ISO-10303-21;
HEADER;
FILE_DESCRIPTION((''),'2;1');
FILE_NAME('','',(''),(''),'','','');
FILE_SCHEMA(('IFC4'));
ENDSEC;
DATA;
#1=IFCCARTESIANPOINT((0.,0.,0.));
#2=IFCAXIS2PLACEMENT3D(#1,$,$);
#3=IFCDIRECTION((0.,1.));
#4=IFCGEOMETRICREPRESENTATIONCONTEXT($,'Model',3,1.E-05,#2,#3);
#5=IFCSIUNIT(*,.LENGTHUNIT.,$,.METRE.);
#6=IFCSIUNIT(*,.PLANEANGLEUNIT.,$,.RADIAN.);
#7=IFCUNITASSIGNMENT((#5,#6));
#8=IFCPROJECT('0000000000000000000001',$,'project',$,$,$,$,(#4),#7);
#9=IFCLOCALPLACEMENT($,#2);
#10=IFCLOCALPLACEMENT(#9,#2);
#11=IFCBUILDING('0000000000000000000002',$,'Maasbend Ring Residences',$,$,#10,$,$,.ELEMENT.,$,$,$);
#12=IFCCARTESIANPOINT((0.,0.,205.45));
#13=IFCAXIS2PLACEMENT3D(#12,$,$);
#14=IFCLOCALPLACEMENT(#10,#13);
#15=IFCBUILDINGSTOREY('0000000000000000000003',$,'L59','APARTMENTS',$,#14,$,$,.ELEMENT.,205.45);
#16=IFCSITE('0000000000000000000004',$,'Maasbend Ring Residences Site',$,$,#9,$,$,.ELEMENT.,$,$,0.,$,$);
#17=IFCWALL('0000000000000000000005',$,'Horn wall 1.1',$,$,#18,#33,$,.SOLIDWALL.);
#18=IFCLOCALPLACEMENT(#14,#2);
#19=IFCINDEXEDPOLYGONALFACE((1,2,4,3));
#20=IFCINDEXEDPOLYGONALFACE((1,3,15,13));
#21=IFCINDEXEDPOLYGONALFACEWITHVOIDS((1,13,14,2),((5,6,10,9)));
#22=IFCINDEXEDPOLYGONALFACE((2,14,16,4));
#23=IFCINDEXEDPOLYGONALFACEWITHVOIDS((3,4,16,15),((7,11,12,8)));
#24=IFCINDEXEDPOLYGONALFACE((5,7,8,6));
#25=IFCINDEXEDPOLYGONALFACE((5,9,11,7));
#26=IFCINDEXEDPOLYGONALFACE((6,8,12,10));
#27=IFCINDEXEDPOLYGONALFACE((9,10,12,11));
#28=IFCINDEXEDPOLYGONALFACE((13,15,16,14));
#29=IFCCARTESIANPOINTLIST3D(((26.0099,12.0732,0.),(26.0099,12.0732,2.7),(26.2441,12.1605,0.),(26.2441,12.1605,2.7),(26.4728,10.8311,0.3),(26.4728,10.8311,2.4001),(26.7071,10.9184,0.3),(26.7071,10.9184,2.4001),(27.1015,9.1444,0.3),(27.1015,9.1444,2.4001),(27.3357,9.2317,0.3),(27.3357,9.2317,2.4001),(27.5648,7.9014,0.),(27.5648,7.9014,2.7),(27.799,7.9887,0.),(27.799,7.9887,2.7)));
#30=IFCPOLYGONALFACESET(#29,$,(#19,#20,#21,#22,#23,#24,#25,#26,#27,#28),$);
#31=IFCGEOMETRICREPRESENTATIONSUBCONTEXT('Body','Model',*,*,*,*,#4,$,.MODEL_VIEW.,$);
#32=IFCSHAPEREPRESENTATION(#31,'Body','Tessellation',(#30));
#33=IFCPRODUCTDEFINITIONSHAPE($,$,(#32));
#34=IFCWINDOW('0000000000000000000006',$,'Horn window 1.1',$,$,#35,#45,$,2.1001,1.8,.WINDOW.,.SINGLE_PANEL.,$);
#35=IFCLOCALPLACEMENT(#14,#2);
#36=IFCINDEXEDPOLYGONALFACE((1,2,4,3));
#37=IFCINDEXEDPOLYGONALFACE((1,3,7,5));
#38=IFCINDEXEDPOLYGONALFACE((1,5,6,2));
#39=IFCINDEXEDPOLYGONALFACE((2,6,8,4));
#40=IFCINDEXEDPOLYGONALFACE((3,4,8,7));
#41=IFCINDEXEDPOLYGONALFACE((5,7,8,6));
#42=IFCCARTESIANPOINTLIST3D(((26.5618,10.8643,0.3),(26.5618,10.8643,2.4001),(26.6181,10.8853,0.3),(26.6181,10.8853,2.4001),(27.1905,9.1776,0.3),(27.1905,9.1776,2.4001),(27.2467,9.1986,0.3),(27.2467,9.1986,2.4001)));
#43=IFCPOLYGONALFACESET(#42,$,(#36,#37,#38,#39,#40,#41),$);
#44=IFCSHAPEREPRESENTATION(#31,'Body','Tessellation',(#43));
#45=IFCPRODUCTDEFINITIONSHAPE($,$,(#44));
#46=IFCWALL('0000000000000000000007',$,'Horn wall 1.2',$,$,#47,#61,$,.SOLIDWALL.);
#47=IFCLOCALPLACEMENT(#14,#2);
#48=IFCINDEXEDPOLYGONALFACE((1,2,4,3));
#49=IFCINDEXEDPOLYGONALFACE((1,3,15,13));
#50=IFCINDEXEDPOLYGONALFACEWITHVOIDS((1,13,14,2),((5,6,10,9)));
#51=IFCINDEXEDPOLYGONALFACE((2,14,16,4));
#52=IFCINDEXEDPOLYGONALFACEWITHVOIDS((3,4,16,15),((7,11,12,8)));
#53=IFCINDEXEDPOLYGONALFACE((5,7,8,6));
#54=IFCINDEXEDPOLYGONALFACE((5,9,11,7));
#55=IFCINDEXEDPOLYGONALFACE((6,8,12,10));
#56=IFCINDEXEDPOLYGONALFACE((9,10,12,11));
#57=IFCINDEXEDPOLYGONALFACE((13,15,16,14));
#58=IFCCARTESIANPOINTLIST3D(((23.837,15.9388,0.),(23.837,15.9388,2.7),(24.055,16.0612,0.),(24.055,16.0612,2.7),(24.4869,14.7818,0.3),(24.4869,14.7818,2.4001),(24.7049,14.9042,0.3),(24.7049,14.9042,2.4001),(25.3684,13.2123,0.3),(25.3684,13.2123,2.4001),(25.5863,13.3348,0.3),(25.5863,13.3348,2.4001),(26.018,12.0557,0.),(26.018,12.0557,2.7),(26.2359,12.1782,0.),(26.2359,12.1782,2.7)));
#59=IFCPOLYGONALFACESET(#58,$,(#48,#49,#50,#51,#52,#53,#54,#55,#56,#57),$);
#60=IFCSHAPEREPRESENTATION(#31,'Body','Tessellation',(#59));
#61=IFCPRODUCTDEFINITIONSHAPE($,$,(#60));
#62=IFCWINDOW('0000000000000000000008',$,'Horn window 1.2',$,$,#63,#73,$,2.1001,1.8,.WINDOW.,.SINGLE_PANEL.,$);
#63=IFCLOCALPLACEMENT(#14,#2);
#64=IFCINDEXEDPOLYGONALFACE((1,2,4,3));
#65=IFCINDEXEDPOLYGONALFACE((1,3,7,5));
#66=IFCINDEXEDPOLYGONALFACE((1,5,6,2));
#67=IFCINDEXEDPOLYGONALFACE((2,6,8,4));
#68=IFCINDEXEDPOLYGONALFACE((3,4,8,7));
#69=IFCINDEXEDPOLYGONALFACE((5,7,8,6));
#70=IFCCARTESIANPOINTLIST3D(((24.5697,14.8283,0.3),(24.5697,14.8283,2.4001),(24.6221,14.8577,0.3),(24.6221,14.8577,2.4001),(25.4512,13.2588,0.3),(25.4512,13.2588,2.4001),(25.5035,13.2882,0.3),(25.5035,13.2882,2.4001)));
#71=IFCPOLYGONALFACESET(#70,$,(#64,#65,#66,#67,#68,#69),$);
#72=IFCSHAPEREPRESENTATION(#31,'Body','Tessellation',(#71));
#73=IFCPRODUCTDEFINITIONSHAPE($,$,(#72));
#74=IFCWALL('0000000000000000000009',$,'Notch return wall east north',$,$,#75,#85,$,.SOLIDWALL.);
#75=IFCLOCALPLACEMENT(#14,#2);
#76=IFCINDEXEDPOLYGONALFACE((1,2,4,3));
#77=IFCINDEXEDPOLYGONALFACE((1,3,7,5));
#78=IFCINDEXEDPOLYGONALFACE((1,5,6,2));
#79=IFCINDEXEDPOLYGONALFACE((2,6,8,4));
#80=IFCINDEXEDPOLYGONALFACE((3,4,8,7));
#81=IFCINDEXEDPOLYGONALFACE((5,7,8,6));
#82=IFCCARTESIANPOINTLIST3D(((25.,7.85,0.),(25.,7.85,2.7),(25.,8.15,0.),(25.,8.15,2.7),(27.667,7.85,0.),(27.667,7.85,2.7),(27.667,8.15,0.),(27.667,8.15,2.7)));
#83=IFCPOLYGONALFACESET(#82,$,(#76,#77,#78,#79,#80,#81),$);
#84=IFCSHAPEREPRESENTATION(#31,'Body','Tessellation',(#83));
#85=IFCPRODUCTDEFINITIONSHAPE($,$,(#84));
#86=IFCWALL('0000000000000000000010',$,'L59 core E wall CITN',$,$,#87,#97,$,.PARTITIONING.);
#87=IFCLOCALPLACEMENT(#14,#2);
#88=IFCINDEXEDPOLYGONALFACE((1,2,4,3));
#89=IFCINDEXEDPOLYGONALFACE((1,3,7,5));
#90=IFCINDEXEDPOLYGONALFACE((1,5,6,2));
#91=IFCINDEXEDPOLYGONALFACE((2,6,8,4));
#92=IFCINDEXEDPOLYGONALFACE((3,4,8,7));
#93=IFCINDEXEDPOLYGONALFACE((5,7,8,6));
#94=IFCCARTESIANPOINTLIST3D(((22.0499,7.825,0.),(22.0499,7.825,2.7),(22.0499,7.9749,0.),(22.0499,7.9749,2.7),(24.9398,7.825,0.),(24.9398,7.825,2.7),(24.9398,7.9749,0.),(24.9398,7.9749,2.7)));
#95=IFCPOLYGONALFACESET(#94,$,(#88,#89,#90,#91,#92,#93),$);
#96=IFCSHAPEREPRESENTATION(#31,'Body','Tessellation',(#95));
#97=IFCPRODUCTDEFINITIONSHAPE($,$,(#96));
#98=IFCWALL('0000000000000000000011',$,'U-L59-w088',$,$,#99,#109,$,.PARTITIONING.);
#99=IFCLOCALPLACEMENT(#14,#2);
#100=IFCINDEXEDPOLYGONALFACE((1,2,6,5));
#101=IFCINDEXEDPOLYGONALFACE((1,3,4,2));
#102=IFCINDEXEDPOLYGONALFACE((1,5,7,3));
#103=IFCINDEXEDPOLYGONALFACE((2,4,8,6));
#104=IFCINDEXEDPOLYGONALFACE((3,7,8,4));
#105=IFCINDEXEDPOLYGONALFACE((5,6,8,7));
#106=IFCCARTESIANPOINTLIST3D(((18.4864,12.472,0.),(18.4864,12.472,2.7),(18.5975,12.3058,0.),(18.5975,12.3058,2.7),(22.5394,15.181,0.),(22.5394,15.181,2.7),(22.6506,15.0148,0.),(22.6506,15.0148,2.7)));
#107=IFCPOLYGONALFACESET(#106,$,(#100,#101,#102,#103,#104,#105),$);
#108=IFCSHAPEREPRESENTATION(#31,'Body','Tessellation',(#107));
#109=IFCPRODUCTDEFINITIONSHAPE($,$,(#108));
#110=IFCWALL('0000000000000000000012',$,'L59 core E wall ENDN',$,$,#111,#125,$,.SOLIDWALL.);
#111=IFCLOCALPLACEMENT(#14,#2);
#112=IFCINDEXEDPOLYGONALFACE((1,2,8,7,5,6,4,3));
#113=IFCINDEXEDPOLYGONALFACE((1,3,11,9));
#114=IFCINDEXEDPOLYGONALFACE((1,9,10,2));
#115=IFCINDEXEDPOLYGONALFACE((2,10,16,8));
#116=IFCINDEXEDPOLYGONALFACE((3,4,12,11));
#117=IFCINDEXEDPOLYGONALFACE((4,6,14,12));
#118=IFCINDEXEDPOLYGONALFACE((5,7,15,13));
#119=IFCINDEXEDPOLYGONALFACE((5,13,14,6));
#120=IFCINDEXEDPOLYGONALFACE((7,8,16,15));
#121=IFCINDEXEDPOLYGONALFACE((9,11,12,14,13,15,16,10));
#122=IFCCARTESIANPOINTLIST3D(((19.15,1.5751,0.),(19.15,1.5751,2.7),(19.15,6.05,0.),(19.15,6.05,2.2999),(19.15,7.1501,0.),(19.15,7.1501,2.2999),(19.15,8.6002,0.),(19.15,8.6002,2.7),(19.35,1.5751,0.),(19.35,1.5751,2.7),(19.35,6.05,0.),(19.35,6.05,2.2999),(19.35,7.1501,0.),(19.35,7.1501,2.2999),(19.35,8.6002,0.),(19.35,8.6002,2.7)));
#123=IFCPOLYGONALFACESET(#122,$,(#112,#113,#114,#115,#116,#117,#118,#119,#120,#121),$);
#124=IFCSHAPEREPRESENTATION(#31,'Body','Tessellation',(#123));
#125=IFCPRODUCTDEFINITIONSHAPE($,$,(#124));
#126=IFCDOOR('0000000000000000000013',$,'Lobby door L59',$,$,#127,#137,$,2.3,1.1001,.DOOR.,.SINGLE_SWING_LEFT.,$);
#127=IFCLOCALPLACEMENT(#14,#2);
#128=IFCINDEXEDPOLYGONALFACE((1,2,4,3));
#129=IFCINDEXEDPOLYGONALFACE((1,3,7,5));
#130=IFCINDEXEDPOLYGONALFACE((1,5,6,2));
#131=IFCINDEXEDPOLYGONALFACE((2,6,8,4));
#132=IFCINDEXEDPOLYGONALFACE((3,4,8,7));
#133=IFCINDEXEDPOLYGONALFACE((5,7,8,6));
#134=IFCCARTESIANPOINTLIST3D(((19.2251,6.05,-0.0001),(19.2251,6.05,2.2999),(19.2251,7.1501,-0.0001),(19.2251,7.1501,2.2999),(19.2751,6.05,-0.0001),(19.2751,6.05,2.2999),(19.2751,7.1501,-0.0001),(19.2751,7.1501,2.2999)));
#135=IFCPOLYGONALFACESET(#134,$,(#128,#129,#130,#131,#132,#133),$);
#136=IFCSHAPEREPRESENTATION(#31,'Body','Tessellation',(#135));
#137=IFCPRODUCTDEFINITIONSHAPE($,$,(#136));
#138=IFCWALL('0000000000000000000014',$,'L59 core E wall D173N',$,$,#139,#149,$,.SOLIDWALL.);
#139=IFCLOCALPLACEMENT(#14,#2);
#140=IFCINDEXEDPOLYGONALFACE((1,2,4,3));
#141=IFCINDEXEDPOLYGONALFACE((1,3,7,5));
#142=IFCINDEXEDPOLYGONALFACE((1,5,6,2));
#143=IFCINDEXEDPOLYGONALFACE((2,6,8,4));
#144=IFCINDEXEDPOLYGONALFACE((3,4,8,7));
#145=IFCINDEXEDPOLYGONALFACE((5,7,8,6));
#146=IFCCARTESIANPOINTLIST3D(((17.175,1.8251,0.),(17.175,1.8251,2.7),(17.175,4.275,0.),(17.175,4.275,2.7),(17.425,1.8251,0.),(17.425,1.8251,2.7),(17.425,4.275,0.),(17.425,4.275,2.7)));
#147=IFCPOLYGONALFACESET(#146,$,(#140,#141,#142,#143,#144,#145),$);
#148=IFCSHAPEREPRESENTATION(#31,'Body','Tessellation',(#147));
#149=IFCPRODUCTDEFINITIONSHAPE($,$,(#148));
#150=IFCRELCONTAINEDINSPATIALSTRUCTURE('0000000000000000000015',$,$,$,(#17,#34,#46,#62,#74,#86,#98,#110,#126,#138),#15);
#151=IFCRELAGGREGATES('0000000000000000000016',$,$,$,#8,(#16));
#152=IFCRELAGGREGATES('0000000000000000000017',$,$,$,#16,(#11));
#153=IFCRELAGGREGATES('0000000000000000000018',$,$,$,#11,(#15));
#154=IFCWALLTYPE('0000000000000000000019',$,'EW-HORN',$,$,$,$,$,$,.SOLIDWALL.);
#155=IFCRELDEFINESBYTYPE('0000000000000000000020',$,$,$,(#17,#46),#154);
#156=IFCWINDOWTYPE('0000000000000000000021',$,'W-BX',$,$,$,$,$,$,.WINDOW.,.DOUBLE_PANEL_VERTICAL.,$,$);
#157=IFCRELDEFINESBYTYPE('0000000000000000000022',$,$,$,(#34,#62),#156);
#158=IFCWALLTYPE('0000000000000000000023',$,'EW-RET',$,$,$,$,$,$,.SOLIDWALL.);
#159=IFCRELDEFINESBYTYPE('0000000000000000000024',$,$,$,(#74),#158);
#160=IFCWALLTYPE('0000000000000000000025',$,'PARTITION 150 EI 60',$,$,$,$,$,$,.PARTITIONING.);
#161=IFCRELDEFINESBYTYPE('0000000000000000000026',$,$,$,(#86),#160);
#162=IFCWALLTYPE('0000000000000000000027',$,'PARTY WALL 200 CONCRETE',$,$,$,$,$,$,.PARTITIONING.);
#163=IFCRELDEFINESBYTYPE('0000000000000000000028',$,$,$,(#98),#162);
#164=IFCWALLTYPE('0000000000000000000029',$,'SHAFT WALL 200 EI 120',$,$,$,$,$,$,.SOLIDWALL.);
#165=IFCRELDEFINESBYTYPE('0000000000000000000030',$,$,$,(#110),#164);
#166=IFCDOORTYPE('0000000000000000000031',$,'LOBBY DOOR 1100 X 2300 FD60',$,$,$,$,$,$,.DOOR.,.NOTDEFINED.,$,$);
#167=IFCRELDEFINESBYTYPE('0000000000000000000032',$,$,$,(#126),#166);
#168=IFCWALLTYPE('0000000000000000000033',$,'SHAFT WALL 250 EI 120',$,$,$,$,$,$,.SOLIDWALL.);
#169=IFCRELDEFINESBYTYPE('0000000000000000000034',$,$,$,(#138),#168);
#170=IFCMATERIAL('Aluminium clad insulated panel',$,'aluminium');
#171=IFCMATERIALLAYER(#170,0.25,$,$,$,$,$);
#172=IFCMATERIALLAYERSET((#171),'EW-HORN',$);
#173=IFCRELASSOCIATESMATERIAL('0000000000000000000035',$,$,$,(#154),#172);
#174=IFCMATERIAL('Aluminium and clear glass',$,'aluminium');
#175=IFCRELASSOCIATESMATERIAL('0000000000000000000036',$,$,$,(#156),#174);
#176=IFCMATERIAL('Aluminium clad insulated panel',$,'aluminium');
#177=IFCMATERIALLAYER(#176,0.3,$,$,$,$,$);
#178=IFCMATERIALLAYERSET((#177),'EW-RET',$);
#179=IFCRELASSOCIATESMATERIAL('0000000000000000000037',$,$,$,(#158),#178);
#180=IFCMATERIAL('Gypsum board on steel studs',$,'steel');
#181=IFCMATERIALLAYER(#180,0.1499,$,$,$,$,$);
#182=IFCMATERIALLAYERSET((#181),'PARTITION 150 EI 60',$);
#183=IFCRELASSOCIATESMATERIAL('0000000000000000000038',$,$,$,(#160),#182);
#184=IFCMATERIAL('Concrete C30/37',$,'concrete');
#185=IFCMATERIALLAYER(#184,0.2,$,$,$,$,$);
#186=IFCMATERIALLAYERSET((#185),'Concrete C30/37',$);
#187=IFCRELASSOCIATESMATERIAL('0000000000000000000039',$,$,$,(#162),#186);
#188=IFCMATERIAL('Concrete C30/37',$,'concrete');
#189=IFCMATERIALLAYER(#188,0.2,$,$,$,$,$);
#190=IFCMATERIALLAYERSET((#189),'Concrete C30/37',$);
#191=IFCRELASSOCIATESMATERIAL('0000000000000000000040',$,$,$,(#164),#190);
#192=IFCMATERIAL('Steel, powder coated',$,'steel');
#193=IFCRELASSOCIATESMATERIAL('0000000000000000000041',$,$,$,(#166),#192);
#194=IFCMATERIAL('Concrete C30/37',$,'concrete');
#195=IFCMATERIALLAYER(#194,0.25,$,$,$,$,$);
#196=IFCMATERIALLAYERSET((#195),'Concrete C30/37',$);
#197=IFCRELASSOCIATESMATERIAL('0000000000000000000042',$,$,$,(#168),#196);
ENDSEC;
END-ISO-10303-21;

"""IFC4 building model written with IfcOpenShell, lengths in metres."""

from ifc_helpers import new_model, si_unit, direction, frame, frame_2d, origin, place, context, subcontext, project, spatial, rectangle, extrude, material, layer, layer_set, type_object, element, fill, save


model = new_model("IFC4")

# Units and contexts
model_context = context("Model", 3, precision=1e-05, world=origin(), true_north=direction((0.0, 1.0)))
body_context = subcontext(model_context, "Body", "Model", "MODEL_VIEW")
ifc_project = project(units=[si_unit("LENGTHUNIT", "METRE"), si_unit("PLANEANGLEUNIT", "RADIAN")], contexts=[model_context])

# Site, building, storey
site_placement = place(None, origin())
site = spatial("IfcSite", under=ifc_project, at=site_placement, Name="Maasbend Ring Residences Site", CompositionType="ELEMENT", RefElevation=0.0)
building_placement = place(site_placement, origin())
building = spatial("IfcBuilding", under=site, at=building_placement, Name="Maasbend Ring Residences", CompositionType="ELEMENT")
storey_placement = place(building_placement, frame((0.0, 0.0, 205.45)))
storey = spatial("IfcBuildingStorey", under=building, at=storey_placement, Name="L59", Description="APARTMENTS", CompositionType="ELEMENT", Elevation=205.45)

# Walls, openings, windows
ifc_material_1 = material(Name="Aluminium clad insulated panel", Category="aluminium")
ifc_layer_1 = layer(ifc_material_1, 0.25)
ifc_layer_set_1 = layer_set([ifc_layer_1], Name="EW-HORN")
wall_type_1 = type_object("IfcWallType", Name="EW-HORN", PredefinedType="SOLIDWALL", material=ifc_layer_set_1)
wall_1_placement = place(storey_placement, frame((27.6819, 7.9451, 0.0), z_axis=(0.0, 0.0, 1.0), x_axis=(-0.349248, 0.93703, 0.0)))
wall_1 = element("IfcWall", 1, at=wall_1_placement, inside=storey, type_object=wall_type_1, Name="Horn wall 1.1", PredefinedType="SOLIDWALL", context=body_context, shape_type="SweptSolid", body=[
    extrude(rectangle(XDim=4.4521, YDim=0.25, at=frame_2d((2.2261, 0.0))), origin(), (0.0, 0.0, 1.0), 2.7),
])
opening_1_placement = place(wall_1_placement, frame((1.3267, 0.0, 0.3)))
opening_1 = element("IfcOpeningElement", 2, at=opening_1_placement, cuts=wall_1, PredefinedType="OPENING", context=body_context, shape_type="SweptSolid", body=[
    extrude(rectangle(XDim=1.8, YDim=2.1001, at=frame_2d((0.8999, 1.05))), frame((0.0, 0.135, 0.0), z_axis=(0.0, -1.0, 0.0), x_axis=(1.0, 0.0, 0.0)), (0.0, 0.0, 1.0), 0.27),
])
ifc_material_2 = material(Name="Aluminium and clear glass", Category="aluminium")
window_type = type_object("IfcWindowType", Name="W-BX", PartitioningType="DOUBLE_PANEL_VERTICAL", PredefinedType="WINDOW", material=ifc_material_2)
window_1_placement = place(opening_1_placement, origin())
window_1 = element("IfcWindow", 3, at=window_1_placement, inside=storey, type_object=window_type, Name="Horn window 1.1", OverallHeight=2.1001, OverallWidth=1.8, PartitioningType="SINGLE_PANEL", PredefinedType="WINDOW", context=body_context, shape_type="SweptSolid", body=[
    extrude(rectangle(XDim=1.8, YDim=2.1001, at=frame_2d((0.8999, 1.05))), frame((0.0, 0.03, 0.0), z_axis=(0.0, -1.0, 0.0), x_axis=(1.0, 0.0, 0.0)), (0.0, 0.0, 1.0), 0.0601),
])
fill(opening_1, window_1)
wall_2_placement = place(storey_placement, frame((26.127, 12.1169, 0.0), z_axis=(0.0, 0.0, 1.0), x_axis=(-0.489696, 0.871893, 0.0)))
wall_2 = element("IfcWall", 4, at=wall_2_placement, inside=storey, type_object=wall_type_1, Name="Horn wall 1.2", PredefinedType="SOLIDWALL", context=body_context, shape_type="SweptSolid", body=[
    extrude(rectangle(XDim=4.4536, YDim=0.25, at=frame_2d((2.2268, 0.0))), origin(), (0.0, 0.0, 1.0), 2.7),
])
opening_2_placement = place(wall_2_placement, frame((1.3267, 0.0, 0.3)))
opening_2 = element("IfcOpeningElement", 5, at=opening_2_placement, cuts=wall_2, PredefinedType="OPENING", context=body_context, shape_type="SweptSolid", body=[
    extrude(rectangle(XDim=1.8, YDim=2.1001, at=frame_2d((0.8999, 1.05))), frame((0.0, 0.135, 0.0), z_axis=(0.0, -1.0, 0.0), x_axis=(1.0, 0.0, 0.0)), (0.0, 0.0, 1.0), 0.27),
])
window_2_placement = place(opening_2_placement, origin())
window_2 = element("IfcWindow", 6, at=window_2_placement, inside=storey, type_object=window_type, Name="Horn window 1.2", OverallHeight=2.1001, OverallWidth=1.8, PartitioningType="SINGLE_PANEL", PredefinedType="WINDOW", context=body_context, shape_type="SweptSolid", body=[
    extrude(rectangle(XDim=1.8, YDim=2.1001, at=frame_2d((0.8999, 1.05))), frame((0.0, 0.03, 0.0), z_axis=(0.0, -1.0, 0.0), x_axis=(1.0, 0.0, 0.0)), (0.0, 0.0, 1.0), 0.0601),
])
fill(opening_2, window_2)

# Walls
ifc_material_3 = material(Name="Aluminium clad insulated panel", Category="aluminium")
ifc_layer_2 = layer(ifc_material_3, 0.3)
ifc_layer_set_2 = layer_set([ifc_layer_2], Name="EW-RET")
wall_type_2 = type_object("IfcWallType", Name="EW-RET", PredefinedType="SOLIDWALL", material=ifc_layer_set_2)
wall_3_placement = place(storey_placement, frame((25.0, 8.0, 0.0), z_axis=(0.0, 0.0, 1.0), x_axis=(1.0, 0.0, 0.0)))
element("IfcWall", 7, at=wall_3_placement, inside=storey, type_object=wall_type_2, Name="Notch return wall east north", PredefinedType="SOLIDWALL", context=body_context, shape_type="SweptSolid", body=[
    extrude(rectangle(XDim=2.667, YDim=0.3, at=frame_2d((1.3335, 0.0))), origin(), (0.0, 0.0, 1.0), 2.7),
])
ifc_material_4 = material(Name="Gypsum board on steel studs", Category="steel")
ifc_layer_3 = layer(ifc_material_4, 0.1499)
ifc_layer_set_3 = layer_set([ifc_layer_3], Name="PARTITION 150 EI 60")
wall_type_3 = type_object("IfcWallType", Name="PARTITION 150 EI 60", PredefinedType="PARTITIONING", material=ifc_layer_set_3)
wall_4_placement = place(storey_placement, frame((22.05, 7.8999, 0.0), z_axis=(0.0, 0.0, 1.0), x_axis=(1.0, 0.0, 0.0)))
element("IfcWall", 8, at=wall_4_placement, inside=storey, type_object=wall_type_3, Name="L59 core E wall CITN", PredefinedType="PARTITIONING", context=body_context, shape_type="SweptSolid", body=[
    extrude(rectangle(XDim=2.8899, YDim=0.1499, at=frame_2d((1.4448, 0.0))), origin(), (0.0, 0.0, 1.0), 2.7),
])
ifc_material_5 = material(Name="Concrete C30/37", Category="concrete")
ifc_layer_4 = layer(ifc_material_5, 0.2)
ifc_layer_set_4 = layer_set([ifc_layer_4], Name="Concrete C30/37")
wall_type_4 = type_object("IfcWallType", Name="PARTY WALL 200 CONCRETE", PredefinedType="PARTITIONING", material=ifc_layer_set_4)
wall_5_placement = place(storey_placement, frame((18.542, 12.3889, 0.0), z_axis=(0.0, 0.0, 1.0), x_axis=(0.831387, 0.555694, 0.0)))
element("IfcWall", 9, at=wall_5_placement, inside=storey, type_object=wall_type_4, Name="U-L59-w088", PredefinedType="PARTITIONING", context=body_context, shape_type="SweptSolid", body=[
    extrude(rectangle(XDim=4.875, YDim=0.2, at=frame_2d((2.4375, 0.0))), origin(), (0.0, 0.0, 1.0), 2.7),
])

# Wall, opening, door
ifc_material_6 = material(Name="Concrete C30/37", Category="concrete")
ifc_layer_5 = layer(ifc_material_6, 0.2)
ifc_layer_set_5 = layer_set([ifc_layer_5], Name="Concrete C30/37")
wall_type_5 = type_object("IfcWallType", Name="SHAFT WALL 200 EI 120", PredefinedType="SOLIDWALL", material=ifc_layer_set_5)
wall_6_placement = place(storey_placement, frame((19.25, 1.575, 0.0), z_axis=(0.0, 0.0, 1.0), x_axis=(0.0, 1.0, 0.0)))
wall_6 = element("IfcWall", 10, at=wall_6_placement, inside=storey, type_object=wall_type_5, Name="L59 core E wall ENDN", PredefinedType="SOLIDWALL", context=body_context, shape_type="SweptSolid", body=[
    extrude(rectangle(XDim=7.0251, YDim=0.2, at=frame_2d((3.5127, 0.0))), origin(), (0.0, 0.0, 1.0), 2.7),
])
opening_3_placement = place(wall_6_placement, frame((4.4751, 0.0, 0.0)))
opening_3 = element("IfcOpeningElement", 11, at=opening_3_placement, cuts=wall_6, PredefinedType="OPENING", context=body_context, shape_type="SweptSolid", body=[
    extrude(rectangle(XDim=1.1001, YDim=2.3, at=frame_2d((0.55, 1.1499))), frame((0.0, 0.1099, 0.0), z_axis=(0.0, -1.0, 0.0), x_axis=(1.0, 0.0, 0.0)), (0.0, 0.0, 1.0), 0.22),
])
ifc_material_7 = material(Name="Steel, powder coated", Category="steel")
door_type_1 = type_object("IfcDoorType", Name="LOBBY DOOR 1100 X 2300 FD60", OperationType="NOTDEFINED", PredefinedType="DOOR", material=ifc_material_7)
door_1_placement = place(opening_3_placement, origin())
door_1 = element("IfcDoor", 12, at=door_1_placement, inside=storey, type_object=door_type_1, Name="Lobby door L59", OperationType="SINGLE_SWING_LEFT", OverallHeight=2.3, OverallWidth=1.1001, PredefinedType="DOOR", context=body_context, shape_type="SweptSolid", body=[
    extrude(rectangle(XDim=1.1001, YDim=2.3, at=frame_2d((0.55, 1.1499))), frame((0.0, 0.0249, 0.0), z_axis=(0.0, -1.0, 0.0), x_axis=(1.0, 0.0, 0.0)), (0.0, 0.0, 1.0), 0.05),
])
fill(opening_3, door_1)

# Wall
ifc_material_8 = material(Name="Concrete C30/37", Category="concrete")
ifc_layer_6 = layer(ifc_material_8, 0.25)
ifc_layer_set_6 = layer_set([ifc_layer_6], Name="Concrete C30/37")
wall_type_6 = type_object("IfcWallType", Name="SHAFT WALL 250 EI 120", PredefinedType="SOLIDWALL", material=ifc_layer_set_6)
wall_7_placement = place(storey_placement, frame((17.3, 1.825, 0.0), z_axis=(0.0, 0.0, 1.0), x_axis=(0.0, 1.0, 0.0)))
element("IfcWall", 13, at=wall_7_placement, inside=storey, type_object=wall_type_6, Name="L59 core E wall D173N", PredefinedType="SOLIDWALL", context=body_context, shape_type="SweptSolid", body=[
    extrude(rectangle(XDim=2.45, YDim=0.25, at=frame_2d((1.2251, 0.0))), origin(), (0.0, 0.0, 1.0), 2.7),
])

save(model, "model.ifc")
